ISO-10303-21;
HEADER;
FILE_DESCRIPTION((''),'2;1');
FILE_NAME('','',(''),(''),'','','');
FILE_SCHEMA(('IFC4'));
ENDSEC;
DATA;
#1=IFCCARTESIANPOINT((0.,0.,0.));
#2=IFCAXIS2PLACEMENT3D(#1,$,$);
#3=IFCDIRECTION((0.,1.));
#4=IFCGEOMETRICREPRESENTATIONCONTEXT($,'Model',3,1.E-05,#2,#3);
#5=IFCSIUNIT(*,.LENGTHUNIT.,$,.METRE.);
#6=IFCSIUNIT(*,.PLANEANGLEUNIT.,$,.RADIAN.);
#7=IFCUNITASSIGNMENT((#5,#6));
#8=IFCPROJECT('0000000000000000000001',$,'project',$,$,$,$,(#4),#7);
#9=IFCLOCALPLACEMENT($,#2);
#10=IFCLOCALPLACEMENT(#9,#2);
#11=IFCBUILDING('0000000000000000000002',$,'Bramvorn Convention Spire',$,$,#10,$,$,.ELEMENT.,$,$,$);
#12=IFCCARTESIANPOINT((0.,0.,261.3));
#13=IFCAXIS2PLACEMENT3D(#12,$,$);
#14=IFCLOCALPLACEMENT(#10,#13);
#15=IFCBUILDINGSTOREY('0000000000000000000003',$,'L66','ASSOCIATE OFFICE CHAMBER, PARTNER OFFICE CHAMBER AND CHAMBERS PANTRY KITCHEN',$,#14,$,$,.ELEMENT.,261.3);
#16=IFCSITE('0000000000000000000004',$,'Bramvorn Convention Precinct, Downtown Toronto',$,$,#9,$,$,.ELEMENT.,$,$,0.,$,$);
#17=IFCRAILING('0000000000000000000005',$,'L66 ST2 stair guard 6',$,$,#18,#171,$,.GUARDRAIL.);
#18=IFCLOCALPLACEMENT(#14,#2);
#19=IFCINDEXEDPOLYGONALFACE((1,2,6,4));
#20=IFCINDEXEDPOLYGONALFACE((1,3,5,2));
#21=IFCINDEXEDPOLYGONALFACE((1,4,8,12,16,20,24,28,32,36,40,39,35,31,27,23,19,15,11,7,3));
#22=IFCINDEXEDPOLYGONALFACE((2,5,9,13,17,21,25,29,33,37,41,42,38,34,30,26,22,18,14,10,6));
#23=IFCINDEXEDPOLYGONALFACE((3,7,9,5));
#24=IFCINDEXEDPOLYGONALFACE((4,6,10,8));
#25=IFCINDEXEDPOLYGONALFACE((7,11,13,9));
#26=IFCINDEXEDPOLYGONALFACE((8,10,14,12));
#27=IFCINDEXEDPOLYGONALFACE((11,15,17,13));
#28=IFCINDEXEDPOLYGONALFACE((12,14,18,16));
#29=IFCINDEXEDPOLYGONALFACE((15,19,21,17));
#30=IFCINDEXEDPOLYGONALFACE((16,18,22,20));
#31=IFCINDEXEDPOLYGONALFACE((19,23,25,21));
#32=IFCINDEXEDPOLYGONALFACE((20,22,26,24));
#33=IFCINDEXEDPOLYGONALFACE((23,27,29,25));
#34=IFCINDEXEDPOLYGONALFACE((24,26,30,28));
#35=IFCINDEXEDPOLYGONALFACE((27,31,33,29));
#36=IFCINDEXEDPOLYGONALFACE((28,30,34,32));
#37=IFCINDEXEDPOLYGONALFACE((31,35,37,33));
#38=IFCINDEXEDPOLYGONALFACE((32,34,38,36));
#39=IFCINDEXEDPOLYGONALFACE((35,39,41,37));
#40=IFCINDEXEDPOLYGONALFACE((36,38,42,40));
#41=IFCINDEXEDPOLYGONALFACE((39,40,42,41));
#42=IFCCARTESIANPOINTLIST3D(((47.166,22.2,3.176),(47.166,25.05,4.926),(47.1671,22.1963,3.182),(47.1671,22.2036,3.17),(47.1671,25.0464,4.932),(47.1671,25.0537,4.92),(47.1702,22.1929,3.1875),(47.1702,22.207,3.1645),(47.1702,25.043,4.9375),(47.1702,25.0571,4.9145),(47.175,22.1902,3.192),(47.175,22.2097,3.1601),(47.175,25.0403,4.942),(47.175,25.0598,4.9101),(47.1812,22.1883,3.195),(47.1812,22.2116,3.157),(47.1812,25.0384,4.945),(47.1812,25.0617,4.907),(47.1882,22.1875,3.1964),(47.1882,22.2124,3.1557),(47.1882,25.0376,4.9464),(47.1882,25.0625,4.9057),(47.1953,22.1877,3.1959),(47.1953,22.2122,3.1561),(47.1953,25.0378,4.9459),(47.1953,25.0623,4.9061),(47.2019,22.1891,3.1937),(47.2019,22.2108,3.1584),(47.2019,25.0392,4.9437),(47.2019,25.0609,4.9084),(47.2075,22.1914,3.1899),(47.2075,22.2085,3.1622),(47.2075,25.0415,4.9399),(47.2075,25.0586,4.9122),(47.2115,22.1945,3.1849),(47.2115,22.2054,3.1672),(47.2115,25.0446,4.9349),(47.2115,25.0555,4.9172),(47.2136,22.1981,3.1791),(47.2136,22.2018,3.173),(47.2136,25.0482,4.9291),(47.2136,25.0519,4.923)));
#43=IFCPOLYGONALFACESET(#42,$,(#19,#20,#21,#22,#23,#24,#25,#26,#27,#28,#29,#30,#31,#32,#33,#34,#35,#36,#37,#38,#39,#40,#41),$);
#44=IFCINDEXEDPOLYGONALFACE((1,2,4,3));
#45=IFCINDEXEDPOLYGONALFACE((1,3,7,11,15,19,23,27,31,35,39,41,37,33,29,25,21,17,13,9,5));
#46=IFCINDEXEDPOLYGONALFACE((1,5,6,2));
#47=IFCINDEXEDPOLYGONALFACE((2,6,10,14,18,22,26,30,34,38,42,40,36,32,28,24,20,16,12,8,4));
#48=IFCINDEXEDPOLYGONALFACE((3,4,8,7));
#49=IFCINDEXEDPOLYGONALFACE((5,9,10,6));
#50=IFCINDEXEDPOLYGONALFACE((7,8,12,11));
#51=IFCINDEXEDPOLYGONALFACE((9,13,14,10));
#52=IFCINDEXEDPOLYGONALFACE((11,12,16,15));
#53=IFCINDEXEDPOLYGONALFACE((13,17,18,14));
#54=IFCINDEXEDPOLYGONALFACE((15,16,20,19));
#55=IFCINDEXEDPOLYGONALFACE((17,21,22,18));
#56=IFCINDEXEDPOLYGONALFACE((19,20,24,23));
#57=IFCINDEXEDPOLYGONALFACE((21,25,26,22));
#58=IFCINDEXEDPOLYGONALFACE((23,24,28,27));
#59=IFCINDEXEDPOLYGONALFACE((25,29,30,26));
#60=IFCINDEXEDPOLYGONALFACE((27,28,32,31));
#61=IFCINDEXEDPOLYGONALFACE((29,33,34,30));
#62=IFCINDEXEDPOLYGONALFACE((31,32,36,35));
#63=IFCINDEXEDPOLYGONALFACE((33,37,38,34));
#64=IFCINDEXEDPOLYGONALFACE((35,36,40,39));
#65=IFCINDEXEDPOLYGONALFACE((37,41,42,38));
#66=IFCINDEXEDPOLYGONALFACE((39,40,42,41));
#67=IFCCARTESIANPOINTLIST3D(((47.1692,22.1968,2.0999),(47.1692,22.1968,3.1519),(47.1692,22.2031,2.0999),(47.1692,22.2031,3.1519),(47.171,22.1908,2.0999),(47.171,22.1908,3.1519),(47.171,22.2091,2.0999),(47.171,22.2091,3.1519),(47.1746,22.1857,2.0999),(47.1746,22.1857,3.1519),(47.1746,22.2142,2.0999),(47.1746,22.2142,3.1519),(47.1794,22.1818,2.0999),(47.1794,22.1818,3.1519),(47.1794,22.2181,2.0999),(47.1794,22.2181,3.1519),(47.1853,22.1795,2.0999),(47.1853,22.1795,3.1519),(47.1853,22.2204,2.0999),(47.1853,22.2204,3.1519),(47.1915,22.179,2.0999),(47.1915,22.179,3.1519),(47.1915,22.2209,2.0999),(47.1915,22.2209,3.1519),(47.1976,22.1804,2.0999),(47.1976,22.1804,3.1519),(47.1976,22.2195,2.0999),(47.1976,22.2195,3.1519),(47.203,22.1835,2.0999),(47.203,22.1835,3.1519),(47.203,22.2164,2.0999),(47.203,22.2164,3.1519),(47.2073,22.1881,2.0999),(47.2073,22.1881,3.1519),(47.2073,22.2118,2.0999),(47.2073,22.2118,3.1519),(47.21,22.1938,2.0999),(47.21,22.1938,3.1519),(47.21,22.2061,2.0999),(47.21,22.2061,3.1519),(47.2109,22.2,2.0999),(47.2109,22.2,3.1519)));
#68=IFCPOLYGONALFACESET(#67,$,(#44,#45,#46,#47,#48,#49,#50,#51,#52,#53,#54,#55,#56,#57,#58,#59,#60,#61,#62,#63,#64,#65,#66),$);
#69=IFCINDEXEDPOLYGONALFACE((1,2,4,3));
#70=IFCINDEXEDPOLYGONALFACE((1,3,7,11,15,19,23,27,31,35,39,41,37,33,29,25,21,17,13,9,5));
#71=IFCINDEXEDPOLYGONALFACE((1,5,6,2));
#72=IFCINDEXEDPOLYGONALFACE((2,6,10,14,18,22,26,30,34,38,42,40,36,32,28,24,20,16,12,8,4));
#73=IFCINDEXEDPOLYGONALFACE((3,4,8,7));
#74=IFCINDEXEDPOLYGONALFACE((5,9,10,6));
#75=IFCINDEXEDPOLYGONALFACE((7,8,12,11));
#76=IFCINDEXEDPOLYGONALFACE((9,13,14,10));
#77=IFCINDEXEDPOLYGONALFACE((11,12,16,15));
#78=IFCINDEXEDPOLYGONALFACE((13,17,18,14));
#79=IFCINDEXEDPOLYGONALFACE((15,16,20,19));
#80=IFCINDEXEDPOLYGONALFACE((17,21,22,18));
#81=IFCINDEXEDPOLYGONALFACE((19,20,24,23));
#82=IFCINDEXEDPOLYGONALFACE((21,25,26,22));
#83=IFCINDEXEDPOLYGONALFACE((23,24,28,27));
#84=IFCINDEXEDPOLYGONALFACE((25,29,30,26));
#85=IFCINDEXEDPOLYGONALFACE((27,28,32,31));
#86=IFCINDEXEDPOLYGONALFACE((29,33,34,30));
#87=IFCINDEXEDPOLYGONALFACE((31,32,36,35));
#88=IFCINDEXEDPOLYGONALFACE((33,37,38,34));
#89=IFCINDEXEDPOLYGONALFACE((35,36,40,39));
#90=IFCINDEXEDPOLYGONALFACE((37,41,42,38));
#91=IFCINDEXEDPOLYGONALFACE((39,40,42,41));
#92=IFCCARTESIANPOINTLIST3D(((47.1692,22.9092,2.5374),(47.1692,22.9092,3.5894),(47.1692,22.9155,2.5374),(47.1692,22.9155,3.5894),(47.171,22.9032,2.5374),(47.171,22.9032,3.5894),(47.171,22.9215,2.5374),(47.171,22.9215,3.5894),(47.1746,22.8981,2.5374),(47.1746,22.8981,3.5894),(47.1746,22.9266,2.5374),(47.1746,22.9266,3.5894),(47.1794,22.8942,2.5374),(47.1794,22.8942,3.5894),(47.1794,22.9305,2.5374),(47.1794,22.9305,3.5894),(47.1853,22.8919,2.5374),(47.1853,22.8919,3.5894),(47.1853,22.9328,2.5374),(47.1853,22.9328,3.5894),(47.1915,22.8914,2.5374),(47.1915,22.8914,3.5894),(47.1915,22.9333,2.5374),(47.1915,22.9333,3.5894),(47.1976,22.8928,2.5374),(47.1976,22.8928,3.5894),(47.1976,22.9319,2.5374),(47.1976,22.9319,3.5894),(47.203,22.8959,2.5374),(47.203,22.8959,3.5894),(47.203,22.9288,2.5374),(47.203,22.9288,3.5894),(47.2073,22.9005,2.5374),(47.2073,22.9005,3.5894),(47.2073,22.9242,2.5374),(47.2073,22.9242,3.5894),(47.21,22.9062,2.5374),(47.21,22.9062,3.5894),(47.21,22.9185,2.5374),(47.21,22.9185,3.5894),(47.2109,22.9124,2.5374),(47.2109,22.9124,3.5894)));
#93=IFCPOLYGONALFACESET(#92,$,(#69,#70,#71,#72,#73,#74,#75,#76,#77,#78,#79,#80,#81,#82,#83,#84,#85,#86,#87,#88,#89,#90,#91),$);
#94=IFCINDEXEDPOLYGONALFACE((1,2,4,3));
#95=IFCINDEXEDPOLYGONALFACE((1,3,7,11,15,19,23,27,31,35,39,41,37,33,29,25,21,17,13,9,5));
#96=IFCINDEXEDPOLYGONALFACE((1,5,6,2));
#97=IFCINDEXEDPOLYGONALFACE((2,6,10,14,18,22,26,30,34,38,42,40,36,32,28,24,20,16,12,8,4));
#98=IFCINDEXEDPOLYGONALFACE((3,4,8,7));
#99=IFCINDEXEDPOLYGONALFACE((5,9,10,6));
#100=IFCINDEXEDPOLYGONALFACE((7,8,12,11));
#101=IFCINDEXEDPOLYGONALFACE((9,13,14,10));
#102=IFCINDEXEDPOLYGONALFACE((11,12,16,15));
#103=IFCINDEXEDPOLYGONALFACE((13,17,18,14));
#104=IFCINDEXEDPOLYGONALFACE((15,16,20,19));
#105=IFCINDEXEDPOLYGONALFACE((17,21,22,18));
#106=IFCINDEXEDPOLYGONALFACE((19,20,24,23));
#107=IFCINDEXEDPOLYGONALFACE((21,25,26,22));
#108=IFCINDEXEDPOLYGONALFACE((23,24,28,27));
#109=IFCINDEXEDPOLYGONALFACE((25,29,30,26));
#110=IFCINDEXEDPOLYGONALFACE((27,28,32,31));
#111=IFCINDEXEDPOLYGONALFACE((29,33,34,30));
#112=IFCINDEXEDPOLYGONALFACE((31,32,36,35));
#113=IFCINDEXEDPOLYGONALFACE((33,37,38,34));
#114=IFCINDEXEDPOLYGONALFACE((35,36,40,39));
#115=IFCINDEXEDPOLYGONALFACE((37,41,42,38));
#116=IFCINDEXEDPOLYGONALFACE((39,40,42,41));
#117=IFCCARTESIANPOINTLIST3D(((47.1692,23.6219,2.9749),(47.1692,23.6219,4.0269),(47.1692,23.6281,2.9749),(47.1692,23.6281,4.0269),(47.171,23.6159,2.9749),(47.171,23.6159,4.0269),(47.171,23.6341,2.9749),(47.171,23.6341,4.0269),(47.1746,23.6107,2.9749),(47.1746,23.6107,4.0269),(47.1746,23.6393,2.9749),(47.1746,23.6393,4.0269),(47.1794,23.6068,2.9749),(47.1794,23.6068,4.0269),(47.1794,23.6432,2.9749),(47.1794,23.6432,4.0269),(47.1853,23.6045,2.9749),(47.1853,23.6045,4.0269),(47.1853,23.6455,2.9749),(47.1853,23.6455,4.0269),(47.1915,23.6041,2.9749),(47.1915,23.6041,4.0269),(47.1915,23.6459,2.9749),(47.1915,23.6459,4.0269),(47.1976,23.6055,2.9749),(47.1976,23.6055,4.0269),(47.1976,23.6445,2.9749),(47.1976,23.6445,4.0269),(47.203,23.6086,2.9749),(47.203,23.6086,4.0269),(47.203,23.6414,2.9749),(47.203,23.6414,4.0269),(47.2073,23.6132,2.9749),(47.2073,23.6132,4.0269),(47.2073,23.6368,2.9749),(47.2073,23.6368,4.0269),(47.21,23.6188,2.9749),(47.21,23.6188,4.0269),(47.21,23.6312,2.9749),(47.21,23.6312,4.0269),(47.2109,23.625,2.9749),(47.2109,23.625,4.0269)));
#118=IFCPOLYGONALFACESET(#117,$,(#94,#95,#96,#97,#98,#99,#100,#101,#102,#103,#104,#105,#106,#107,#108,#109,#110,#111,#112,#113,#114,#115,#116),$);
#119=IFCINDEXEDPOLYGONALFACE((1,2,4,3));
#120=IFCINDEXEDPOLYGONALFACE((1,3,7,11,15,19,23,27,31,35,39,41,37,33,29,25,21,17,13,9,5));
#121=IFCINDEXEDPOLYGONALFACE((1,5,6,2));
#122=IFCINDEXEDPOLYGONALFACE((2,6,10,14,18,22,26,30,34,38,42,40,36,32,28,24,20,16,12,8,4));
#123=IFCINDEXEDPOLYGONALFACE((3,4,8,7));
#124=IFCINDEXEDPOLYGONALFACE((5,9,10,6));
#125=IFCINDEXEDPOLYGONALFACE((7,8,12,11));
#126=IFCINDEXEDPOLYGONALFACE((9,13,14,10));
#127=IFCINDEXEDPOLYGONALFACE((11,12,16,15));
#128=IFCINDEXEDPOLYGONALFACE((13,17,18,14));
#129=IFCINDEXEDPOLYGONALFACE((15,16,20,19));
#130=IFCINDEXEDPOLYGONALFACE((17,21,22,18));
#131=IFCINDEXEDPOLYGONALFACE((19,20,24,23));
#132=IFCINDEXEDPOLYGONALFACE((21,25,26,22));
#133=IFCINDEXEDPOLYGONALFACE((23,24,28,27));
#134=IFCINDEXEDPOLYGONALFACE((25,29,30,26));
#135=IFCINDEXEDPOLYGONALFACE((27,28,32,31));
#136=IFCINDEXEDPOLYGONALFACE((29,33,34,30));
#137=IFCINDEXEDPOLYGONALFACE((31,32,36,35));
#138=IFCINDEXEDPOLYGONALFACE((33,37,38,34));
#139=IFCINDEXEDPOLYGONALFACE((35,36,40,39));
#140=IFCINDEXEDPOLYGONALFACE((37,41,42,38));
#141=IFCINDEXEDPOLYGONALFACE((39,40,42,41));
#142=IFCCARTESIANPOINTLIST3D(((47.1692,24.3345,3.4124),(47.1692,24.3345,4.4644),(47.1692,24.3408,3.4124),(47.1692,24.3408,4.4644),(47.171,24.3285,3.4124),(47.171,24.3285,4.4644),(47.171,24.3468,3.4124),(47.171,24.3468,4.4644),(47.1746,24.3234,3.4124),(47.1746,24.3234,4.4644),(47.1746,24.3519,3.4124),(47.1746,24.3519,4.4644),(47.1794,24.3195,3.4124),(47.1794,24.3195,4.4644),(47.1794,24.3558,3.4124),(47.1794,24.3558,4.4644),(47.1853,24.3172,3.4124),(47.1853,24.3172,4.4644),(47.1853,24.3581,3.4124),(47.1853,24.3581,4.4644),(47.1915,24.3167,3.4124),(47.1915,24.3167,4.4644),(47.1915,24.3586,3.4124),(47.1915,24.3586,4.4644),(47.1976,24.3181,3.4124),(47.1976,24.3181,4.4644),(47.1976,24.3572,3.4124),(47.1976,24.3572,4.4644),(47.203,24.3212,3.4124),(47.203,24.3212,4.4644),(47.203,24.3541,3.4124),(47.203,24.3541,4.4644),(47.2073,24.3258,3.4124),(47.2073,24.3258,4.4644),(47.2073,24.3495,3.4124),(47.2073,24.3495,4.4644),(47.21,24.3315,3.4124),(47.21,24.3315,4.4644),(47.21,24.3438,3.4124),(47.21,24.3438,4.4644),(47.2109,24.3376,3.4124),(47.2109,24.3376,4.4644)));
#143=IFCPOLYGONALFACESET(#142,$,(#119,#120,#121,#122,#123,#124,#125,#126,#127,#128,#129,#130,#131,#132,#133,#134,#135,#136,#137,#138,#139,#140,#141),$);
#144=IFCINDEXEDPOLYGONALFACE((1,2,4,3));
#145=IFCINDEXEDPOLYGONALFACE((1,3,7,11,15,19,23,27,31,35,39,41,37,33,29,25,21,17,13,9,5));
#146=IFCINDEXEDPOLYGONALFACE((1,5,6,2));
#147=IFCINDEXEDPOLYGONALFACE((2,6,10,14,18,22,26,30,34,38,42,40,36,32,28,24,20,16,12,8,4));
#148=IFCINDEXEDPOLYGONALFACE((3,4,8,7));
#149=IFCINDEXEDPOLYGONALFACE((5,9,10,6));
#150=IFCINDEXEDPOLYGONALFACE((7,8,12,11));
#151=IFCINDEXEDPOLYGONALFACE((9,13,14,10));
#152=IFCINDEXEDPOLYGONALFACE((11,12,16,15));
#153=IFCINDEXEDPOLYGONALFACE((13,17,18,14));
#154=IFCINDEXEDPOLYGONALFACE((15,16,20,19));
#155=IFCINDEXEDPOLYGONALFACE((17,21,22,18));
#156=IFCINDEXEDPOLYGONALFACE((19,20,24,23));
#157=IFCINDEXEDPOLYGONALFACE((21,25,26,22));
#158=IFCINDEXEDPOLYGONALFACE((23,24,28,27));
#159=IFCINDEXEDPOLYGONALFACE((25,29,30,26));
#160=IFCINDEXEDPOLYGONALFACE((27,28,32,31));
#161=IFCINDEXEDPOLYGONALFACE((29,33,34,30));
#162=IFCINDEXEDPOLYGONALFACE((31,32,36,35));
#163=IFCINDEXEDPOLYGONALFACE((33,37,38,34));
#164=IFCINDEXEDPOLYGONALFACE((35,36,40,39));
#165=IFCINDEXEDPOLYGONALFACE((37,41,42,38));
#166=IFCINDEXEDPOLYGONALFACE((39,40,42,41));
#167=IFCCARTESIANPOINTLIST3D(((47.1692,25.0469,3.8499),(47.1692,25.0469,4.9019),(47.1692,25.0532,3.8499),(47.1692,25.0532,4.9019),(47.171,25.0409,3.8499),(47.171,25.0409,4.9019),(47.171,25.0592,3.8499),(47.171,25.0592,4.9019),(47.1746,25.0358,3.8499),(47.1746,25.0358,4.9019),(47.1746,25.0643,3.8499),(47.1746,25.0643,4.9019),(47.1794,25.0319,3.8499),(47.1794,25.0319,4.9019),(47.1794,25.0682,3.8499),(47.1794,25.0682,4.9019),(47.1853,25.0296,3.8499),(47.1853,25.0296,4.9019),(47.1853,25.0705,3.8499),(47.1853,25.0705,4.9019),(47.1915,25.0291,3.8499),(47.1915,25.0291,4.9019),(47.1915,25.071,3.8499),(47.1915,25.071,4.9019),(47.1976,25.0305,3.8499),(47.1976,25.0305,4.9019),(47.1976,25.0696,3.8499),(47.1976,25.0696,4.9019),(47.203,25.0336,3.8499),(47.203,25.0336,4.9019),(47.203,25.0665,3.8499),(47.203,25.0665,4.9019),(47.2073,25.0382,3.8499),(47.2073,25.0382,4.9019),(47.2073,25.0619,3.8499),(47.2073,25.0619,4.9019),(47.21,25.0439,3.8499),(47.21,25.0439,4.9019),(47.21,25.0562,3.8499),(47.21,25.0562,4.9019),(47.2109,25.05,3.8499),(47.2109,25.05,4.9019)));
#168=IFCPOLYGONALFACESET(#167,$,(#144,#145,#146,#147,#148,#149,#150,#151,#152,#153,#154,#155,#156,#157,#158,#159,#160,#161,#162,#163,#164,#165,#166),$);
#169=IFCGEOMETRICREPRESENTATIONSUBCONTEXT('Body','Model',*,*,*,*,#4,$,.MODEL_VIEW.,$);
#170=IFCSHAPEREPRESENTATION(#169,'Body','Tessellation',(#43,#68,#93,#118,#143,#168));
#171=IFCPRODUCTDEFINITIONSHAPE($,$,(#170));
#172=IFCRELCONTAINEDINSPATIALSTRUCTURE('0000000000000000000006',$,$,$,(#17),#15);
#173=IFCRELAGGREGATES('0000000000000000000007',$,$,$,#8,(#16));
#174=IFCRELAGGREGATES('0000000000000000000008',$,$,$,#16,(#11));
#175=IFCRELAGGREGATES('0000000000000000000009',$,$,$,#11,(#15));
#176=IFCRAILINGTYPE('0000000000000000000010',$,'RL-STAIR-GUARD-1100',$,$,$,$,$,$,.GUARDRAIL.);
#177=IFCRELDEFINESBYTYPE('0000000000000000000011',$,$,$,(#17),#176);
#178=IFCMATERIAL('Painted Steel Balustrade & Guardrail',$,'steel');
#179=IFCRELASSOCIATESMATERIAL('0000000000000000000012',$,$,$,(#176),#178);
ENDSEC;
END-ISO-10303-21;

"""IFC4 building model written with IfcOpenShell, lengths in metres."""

from ifc_helpers import new_model, si_unit, direction, frame, origin, origin_2d, place, context, subcontext, project, spatial, circle, extrude, material, type_object, element, save


model = new_model("IFC4")

# Units and contexts
model_context = context("Model", 3, precision=1e-05, world=origin(), true_north=direction((0.0, 1.0)))
body_context = subcontext(model_context, "Body", "Model", "MODEL_VIEW")
ifc_project = project(units=[si_unit("LENGTHUNIT", "METRE"), si_unit("PLANEANGLEUNIT", "RADIAN")], contexts=[model_context])

# Site, building, storey
site_placement = place(None, origin())
site = spatial("IfcSite", under=ifc_project, at=site_placement, Name="Bramvorn Convention Precinct, Downtown Toronto", CompositionType="ELEMENT", RefElevation=0.0)
building_placement = place(site_placement, origin())
building = spatial("IfcBuilding", under=site, at=building_placement, Name="Bramvorn Convention Spire", CompositionType="ELEMENT")
storey_placement = place(building_placement, frame((0.0, 0.0, 261.3)))
storey = spatial("IfcBuildingStorey", under=building, at=storey_placement, Name="L66", Description="ASSOCIATE OFFICE CHAMBER, PARTNER OFFICE CHAMBER AND CHAMBERS PANTRY KITCHEN", CompositionType="ELEMENT", Elevation=261.3)

# Railing
ifc_material_1 = material(Name="Painted Steel Balustrade & Guardrail", Category="steel")
railing_type_1 = type_object("IfcRailingType", Name="RL-STAIR-GUARD-1100", PredefinedType="GUARDRAIL", material=ifc_material_1)
railing_1_placement = place(storey_placement, frame((47.1899, 22.2, 2.0999)))
element("IfcRailing", 1, at=railing_1_placement, inside=storey, type_object=railing_type_1, Name="L66 ST2 stair guard 6", PredefinedType="GUARDRAIL", context=body_context, shape_type="SweptSolid", body=[
    extrude(circle(Radius=0.0239, at=origin_2d()), frame((0.0, 0.0, 1.0762), z_axis=(0.0, 0.852179, 0.52325), x_axis=(-1.0, 0.0, 0.0)), (0.0, 0.0, 1.0), 3.3445),
    extrude(circle(Radius=0.021, at=origin_2d()), origin(), (0.0, 0.0, 1.0), 1.052),
    extrude(circle(Radius=0.021, at=origin_2d()), frame((0.0, 0.7124, 0.4375)), (0.0, 0.0, 1.0), 1.052),
    extrude(circle(Radius=0.021, at=origin_2d()), frame((0.0, 1.425, 0.875)), (0.0, 0.0, 1.0), 1.052),
    extrude(circle(Radius=0.021, at=origin_2d()), frame((0.0, 2.1377, 1.3125)), (0.0, 0.0, 1.0), 1.052),
    extrude(circle(Radius=0.021, at=origin_2d()), frame((0.0, 2.8501, 1.75)), (0.0, 0.0, 1.0), 1.052),
])

save(model, "model.ifc")
